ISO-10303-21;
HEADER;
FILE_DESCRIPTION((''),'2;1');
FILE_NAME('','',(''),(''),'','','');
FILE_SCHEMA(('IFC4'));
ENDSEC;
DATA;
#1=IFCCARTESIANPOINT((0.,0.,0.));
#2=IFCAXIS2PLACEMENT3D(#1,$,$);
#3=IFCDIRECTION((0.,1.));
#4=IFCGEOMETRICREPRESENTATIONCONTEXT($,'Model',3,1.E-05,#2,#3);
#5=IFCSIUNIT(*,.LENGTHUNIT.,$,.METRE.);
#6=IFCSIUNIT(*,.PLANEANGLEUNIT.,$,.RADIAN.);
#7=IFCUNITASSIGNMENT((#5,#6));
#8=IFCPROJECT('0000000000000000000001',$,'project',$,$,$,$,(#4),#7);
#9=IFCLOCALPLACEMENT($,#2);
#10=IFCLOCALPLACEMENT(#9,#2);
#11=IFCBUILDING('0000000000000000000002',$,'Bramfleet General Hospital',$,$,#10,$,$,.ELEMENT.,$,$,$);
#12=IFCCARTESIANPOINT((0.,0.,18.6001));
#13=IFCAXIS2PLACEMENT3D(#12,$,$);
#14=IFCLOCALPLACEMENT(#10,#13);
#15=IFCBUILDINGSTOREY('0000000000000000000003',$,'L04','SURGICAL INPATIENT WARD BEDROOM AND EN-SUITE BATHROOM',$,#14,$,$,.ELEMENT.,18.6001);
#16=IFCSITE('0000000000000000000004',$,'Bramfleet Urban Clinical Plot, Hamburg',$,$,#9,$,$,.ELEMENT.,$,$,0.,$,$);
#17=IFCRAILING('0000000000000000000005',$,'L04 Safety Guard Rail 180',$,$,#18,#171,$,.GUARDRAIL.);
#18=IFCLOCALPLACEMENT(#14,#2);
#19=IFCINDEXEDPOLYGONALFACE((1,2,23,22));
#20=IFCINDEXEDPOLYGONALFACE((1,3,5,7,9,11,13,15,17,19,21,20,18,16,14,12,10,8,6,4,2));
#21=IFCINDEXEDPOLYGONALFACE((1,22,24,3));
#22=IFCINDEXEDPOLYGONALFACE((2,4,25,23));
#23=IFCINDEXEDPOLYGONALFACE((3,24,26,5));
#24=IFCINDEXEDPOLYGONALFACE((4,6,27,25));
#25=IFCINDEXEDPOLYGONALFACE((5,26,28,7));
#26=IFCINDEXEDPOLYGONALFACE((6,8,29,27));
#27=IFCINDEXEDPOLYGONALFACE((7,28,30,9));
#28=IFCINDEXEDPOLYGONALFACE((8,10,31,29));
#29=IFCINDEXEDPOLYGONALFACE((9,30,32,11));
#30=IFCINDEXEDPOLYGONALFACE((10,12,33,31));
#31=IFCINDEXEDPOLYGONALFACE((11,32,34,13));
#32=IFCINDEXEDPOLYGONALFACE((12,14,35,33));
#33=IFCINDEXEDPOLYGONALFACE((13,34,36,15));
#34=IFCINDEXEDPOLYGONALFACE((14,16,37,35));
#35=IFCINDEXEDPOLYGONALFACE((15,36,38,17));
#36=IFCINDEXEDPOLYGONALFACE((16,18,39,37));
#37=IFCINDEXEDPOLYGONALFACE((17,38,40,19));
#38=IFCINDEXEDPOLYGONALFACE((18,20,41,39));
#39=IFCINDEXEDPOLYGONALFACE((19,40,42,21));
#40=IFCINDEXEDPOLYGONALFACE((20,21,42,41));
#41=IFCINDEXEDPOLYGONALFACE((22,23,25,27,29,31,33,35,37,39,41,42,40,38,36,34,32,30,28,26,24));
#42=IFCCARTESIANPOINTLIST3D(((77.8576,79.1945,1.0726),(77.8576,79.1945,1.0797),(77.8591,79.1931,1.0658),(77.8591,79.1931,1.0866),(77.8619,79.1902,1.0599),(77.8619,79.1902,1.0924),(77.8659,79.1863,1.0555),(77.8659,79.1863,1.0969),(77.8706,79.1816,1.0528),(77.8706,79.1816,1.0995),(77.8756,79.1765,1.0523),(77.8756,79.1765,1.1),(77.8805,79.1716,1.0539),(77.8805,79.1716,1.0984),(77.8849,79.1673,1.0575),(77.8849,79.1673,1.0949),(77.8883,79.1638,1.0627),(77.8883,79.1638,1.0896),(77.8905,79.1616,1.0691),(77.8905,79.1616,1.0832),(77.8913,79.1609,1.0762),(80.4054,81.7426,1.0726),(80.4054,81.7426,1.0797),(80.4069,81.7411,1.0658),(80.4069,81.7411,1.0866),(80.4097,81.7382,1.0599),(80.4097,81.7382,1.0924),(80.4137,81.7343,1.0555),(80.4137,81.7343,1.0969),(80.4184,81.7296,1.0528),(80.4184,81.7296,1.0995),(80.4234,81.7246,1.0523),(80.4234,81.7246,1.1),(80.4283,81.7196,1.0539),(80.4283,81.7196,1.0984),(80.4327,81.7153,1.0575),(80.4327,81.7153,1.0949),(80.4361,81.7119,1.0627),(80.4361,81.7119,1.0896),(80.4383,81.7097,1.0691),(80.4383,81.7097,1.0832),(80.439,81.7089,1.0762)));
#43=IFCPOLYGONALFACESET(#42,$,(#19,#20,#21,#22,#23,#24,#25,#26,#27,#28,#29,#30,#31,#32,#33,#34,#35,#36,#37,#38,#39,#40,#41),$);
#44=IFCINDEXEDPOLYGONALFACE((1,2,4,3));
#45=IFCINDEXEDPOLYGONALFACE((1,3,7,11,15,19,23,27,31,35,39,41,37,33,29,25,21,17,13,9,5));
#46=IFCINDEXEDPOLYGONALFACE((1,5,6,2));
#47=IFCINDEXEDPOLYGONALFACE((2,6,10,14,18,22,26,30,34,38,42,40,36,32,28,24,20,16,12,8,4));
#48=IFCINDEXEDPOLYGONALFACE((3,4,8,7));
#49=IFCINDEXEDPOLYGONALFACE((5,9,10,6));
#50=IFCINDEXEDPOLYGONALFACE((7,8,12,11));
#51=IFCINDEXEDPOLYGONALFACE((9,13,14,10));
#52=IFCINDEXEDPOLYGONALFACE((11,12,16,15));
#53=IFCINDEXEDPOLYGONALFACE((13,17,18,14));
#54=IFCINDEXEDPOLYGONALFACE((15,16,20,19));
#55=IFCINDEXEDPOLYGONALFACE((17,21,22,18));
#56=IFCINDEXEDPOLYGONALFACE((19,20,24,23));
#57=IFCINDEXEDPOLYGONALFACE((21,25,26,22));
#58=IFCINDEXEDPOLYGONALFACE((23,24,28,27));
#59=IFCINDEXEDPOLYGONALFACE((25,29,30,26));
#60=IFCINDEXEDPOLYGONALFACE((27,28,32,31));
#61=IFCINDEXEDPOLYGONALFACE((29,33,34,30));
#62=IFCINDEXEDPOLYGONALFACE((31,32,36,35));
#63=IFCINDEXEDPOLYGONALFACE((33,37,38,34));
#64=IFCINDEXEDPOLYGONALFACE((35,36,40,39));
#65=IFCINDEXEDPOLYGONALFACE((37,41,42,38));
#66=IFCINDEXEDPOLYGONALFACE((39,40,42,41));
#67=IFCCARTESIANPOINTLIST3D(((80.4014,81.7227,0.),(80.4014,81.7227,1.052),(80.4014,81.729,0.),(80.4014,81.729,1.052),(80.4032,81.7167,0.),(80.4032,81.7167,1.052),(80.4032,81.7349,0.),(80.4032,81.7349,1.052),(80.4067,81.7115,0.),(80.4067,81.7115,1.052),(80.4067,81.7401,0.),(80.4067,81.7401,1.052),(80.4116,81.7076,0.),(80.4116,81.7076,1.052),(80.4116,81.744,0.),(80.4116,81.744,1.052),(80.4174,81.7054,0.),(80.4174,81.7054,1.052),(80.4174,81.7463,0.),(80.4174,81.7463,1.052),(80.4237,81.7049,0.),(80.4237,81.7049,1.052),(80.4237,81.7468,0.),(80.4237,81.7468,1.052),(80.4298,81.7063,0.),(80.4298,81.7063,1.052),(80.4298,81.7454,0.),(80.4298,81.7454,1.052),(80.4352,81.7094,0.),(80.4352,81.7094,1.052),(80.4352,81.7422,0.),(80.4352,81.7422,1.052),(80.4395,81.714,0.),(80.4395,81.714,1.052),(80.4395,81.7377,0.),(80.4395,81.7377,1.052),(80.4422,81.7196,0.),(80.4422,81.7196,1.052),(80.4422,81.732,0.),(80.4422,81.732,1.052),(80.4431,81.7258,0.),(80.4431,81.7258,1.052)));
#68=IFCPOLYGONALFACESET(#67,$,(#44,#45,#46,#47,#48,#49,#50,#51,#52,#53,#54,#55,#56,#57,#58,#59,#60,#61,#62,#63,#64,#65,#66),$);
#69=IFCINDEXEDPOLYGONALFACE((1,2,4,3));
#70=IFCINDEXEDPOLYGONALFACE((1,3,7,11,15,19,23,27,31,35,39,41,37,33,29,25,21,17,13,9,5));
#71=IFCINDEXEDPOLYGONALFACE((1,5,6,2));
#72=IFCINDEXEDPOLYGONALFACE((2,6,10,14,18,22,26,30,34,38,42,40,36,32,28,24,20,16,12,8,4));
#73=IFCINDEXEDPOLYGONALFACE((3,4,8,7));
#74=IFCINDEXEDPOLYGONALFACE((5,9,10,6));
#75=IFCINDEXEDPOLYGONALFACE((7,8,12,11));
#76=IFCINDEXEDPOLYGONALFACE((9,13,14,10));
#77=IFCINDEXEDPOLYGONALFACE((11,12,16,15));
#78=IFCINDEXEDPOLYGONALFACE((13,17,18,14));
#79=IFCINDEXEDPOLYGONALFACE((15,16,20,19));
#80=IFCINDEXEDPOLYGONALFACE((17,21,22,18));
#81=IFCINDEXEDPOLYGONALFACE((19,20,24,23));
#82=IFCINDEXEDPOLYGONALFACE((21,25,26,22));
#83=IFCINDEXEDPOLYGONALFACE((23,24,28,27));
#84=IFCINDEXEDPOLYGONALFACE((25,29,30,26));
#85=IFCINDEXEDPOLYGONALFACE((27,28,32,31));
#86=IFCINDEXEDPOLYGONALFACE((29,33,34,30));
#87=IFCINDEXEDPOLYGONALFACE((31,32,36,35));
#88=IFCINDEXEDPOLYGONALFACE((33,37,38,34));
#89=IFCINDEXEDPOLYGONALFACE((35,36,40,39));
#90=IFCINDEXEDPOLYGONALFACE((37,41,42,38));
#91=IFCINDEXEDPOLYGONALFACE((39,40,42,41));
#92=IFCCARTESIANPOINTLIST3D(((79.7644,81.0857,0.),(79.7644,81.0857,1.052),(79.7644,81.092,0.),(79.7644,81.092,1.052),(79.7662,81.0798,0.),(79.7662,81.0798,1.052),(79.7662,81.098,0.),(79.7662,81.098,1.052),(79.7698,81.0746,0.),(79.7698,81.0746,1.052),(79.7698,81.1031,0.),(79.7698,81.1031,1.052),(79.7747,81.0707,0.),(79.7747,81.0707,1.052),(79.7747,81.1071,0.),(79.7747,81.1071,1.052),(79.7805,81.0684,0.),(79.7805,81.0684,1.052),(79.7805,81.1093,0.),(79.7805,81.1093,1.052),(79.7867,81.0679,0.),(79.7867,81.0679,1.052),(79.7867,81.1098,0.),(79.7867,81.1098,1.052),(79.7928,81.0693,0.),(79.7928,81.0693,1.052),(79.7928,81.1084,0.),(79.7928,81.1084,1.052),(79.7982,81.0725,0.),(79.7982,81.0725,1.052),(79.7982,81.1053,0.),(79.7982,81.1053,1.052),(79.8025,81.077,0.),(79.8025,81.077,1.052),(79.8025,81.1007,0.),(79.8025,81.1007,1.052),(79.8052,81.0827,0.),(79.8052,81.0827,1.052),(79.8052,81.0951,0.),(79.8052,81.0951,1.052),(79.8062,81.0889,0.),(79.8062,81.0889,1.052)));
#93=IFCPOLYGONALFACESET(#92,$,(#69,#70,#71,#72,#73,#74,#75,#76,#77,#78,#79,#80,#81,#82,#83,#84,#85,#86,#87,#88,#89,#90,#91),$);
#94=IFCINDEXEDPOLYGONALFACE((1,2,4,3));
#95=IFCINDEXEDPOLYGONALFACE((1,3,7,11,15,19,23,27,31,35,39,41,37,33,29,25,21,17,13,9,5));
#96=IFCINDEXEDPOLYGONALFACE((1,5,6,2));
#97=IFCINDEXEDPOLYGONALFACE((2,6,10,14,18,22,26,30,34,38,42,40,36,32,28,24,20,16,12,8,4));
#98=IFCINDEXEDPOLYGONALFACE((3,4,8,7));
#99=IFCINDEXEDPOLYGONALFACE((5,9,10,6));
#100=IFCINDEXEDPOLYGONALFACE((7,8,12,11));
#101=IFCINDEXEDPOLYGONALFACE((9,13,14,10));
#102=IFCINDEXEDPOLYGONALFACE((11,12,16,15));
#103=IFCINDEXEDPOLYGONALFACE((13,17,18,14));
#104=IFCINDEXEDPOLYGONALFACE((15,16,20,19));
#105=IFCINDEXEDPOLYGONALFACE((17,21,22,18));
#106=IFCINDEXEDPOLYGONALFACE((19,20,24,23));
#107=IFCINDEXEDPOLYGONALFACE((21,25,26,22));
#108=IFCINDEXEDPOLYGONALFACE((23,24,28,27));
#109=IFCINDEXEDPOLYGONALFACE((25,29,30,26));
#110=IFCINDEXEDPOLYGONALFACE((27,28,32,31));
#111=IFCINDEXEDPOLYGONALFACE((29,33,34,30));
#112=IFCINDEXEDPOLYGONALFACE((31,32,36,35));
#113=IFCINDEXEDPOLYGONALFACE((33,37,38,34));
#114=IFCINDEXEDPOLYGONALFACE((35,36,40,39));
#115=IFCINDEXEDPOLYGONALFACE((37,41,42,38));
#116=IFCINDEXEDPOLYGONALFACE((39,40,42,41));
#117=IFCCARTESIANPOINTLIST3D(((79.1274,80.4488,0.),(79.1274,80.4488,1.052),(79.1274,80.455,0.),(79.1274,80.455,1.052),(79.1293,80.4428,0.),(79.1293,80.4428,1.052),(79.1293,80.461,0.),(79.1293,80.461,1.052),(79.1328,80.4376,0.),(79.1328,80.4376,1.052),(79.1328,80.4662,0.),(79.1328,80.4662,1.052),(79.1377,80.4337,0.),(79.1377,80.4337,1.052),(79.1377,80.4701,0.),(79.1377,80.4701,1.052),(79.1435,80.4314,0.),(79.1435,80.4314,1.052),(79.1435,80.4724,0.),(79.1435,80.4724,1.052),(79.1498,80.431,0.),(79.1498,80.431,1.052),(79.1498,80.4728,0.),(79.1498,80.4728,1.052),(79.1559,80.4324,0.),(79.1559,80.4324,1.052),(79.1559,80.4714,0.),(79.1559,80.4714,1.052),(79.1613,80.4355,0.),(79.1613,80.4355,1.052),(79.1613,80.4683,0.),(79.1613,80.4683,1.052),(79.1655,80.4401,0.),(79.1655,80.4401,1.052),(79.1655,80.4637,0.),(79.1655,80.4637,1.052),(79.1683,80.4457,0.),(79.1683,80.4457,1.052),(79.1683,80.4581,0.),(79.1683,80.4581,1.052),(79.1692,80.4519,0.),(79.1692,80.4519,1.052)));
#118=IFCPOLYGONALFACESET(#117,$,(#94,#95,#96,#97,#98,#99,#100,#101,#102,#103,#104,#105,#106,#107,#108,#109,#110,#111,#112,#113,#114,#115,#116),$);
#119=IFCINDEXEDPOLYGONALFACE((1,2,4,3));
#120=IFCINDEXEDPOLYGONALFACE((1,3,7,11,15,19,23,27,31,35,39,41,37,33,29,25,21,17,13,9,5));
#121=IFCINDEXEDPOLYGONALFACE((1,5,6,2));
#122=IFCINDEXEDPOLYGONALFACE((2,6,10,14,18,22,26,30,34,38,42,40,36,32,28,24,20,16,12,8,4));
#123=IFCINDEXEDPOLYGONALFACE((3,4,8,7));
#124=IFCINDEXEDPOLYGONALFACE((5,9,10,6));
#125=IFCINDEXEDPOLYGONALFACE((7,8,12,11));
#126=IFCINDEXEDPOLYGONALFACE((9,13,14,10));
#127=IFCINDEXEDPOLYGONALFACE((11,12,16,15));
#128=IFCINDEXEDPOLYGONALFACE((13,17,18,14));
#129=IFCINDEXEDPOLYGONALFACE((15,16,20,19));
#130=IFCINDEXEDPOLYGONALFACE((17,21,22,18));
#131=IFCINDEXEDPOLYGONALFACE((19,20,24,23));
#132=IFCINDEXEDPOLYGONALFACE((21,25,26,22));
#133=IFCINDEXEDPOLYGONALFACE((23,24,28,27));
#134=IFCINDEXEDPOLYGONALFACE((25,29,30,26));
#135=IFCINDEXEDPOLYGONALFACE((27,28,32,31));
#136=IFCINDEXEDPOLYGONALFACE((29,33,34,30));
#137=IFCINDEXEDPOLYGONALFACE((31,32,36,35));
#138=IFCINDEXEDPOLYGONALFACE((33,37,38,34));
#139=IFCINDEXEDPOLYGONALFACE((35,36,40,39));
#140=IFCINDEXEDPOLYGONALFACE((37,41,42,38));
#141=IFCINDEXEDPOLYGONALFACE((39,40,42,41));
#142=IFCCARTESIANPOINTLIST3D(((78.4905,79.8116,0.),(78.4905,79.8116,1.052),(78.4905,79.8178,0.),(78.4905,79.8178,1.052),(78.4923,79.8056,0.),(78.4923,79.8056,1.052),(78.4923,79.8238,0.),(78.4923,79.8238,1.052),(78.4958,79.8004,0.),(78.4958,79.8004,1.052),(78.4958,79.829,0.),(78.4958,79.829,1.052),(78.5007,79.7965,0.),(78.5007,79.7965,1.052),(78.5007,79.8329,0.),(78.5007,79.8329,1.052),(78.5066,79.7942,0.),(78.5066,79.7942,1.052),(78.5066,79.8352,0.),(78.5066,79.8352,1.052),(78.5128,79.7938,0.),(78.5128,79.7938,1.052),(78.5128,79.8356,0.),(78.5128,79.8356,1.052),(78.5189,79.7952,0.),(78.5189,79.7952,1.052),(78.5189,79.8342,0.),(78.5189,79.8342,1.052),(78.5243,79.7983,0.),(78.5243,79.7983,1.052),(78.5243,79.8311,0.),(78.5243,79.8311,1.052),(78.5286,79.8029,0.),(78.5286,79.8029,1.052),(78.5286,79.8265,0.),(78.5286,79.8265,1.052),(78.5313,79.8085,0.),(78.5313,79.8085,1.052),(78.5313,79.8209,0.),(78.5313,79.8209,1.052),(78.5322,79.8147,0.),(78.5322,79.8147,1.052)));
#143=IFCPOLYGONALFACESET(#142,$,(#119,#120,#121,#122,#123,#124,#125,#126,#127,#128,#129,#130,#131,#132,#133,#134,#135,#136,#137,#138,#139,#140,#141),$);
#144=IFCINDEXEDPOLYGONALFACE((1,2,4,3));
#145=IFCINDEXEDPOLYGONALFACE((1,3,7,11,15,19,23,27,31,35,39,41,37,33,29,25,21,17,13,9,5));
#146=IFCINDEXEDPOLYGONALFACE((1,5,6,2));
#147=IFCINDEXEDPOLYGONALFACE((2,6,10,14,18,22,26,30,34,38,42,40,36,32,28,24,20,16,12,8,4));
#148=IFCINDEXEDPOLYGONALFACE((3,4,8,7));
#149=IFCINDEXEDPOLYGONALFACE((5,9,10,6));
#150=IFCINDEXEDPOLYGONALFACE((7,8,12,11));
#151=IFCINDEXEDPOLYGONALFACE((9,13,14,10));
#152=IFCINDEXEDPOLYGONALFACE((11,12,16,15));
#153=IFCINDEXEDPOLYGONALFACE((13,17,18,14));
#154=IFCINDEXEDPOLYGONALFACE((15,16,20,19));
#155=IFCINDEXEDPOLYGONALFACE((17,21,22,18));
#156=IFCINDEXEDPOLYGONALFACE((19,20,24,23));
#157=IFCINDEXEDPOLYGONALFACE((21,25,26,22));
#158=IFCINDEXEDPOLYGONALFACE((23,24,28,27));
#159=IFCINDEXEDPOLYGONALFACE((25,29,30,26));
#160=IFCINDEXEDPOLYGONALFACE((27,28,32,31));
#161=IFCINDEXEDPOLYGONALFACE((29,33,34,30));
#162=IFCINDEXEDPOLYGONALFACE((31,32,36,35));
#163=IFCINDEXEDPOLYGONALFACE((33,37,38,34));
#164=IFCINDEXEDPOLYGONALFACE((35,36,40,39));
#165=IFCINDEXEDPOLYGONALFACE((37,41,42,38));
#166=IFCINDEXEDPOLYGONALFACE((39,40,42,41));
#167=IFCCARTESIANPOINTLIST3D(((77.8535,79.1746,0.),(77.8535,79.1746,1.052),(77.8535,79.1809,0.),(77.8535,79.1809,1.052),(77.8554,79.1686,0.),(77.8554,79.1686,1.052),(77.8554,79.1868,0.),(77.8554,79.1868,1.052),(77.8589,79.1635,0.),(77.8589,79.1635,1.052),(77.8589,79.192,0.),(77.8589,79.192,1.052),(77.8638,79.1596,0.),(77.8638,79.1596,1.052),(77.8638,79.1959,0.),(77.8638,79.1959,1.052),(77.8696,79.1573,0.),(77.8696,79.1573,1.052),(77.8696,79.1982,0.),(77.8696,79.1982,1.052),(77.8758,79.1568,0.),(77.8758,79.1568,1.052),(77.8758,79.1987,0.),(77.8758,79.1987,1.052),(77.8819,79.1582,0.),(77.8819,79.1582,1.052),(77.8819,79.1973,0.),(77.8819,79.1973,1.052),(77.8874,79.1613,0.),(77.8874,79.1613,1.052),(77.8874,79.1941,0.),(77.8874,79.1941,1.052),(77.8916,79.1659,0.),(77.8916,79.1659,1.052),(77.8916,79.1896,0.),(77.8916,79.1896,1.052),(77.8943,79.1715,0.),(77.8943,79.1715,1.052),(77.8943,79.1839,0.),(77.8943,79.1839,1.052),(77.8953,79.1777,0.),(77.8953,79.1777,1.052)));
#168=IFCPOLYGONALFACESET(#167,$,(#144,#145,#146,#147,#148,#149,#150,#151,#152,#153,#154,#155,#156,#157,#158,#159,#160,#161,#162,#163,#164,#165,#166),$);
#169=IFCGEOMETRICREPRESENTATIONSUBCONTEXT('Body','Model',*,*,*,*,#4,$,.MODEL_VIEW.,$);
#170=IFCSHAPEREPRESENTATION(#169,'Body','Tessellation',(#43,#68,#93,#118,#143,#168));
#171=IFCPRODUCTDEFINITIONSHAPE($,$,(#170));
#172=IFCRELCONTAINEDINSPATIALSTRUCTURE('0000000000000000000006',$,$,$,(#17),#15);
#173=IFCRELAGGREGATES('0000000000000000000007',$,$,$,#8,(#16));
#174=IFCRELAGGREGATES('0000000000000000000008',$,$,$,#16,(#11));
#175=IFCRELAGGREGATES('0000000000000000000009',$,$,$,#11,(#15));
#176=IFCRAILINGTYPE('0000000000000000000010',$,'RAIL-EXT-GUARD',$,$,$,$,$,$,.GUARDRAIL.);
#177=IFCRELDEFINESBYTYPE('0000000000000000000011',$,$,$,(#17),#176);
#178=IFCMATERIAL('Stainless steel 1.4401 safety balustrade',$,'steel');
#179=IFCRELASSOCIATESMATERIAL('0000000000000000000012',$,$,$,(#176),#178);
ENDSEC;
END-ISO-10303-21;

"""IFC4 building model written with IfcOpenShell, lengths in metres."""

from ifc_helpers import new_model, si_unit, direction, frame, origin, origin_2d, place, context, subcontext, project, spatial, circle, extrude, material, type_object, element, save


model = new_model("IFC4")

# Units and contexts
model_context = context("Model", 3, precision=1e-05, world=origin(), true_north=direction((0.0, 1.0)))
body_context = subcontext(model_context, "Body", "Model", "MODEL_VIEW")
ifc_project = project(units=[si_unit("LENGTHUNIT", "METRE"), si_unit("PLANEANGLEUNIT", "RADIAN")], contexts=[model_context])

# Site, building, storey
site_placement = place(None, origin())
site = spatial("IfcSite", under=ifc_project, at=site_placement, Name="Bramfleet Urban Clinical Plot, Hamburg", CompositionType="ELEMENT", RefElevation=0.0)
building_placement = place(site_placement, origin())
building = spatial("IfcBuilding", under=site, at=building_placement, Name="Bramfleet General Hospital", CompositionType="ELEMENT")
storey_placement = place(building_placement, frame((0.0, 0.0, 18.6001)))
storey = spatial("IfcBuildingStorey", under=building, at=storey_placement, Name="L04", Description="SURGICAL INPATIENT WARD BEDROOM AND EN-SUITE BATHROOM", CompositionType="ELEMENT", Elevation=18.6001)

# Railing
ifc_material_1 = material(Name="Stainless steel 1.4401 safety balustrade", Category="steel")
railing_type = type_object("IfcRailingType", Name="RAIL-EXT-GUARD", PredefinedType="GUARDRAIL", material=ifc_material_1)
railing_1_placement = place(storey_placement, frame((80.4221, 81.7258, 0.0)))
element("IfcRailing", 1, at=railing_1_placement, inside=storey, type_object=railing_type, Name="L04 Safety Guard Rail 180", PredefinedType="GUARDRAIL", context=body_context, shape_type="SweptSolid", body=[
    extrude(circle(Radius=0.0239, at=origin_2d()), frame((0.0, 0.0, 1.0762), z_axis=(-0.707073, -0.707141, 0.0), x_axis=(0.707141, -0.707073, 0.0)), (0.0, 0.0, 1.0), 3.6033),
    extrude(circle(Radius=0.021, at=origin_2d()), origin(), (0.0, 0.0, 1.0), 1.052),
    extrude(circle(Radius=0.021, at=origin_2d()), frame((-0.637, -0.637, 0.0)), (0.0, 0.0, 1.0), 1.052),
    extrude(circle(Radius=0.021, at=origin_2d()), frame((-1.2739, -1.2739, 0.0)), (0.0, 0.0, 1.0), 1.052),
    extrude(circle(Radius=0.021, at=origin_2d()), frame((-1.9109, -1.9111, 0.0)), (0.0, 0.0, 1.0), 1.052),
    extrude(circle(Radius=0.021, at=origin_2d()), frame((-2.5479, -2.5481, 0.0)), (0.0, 0.0, 1.0), 1.052),
])

save(model, "model.ifc")
